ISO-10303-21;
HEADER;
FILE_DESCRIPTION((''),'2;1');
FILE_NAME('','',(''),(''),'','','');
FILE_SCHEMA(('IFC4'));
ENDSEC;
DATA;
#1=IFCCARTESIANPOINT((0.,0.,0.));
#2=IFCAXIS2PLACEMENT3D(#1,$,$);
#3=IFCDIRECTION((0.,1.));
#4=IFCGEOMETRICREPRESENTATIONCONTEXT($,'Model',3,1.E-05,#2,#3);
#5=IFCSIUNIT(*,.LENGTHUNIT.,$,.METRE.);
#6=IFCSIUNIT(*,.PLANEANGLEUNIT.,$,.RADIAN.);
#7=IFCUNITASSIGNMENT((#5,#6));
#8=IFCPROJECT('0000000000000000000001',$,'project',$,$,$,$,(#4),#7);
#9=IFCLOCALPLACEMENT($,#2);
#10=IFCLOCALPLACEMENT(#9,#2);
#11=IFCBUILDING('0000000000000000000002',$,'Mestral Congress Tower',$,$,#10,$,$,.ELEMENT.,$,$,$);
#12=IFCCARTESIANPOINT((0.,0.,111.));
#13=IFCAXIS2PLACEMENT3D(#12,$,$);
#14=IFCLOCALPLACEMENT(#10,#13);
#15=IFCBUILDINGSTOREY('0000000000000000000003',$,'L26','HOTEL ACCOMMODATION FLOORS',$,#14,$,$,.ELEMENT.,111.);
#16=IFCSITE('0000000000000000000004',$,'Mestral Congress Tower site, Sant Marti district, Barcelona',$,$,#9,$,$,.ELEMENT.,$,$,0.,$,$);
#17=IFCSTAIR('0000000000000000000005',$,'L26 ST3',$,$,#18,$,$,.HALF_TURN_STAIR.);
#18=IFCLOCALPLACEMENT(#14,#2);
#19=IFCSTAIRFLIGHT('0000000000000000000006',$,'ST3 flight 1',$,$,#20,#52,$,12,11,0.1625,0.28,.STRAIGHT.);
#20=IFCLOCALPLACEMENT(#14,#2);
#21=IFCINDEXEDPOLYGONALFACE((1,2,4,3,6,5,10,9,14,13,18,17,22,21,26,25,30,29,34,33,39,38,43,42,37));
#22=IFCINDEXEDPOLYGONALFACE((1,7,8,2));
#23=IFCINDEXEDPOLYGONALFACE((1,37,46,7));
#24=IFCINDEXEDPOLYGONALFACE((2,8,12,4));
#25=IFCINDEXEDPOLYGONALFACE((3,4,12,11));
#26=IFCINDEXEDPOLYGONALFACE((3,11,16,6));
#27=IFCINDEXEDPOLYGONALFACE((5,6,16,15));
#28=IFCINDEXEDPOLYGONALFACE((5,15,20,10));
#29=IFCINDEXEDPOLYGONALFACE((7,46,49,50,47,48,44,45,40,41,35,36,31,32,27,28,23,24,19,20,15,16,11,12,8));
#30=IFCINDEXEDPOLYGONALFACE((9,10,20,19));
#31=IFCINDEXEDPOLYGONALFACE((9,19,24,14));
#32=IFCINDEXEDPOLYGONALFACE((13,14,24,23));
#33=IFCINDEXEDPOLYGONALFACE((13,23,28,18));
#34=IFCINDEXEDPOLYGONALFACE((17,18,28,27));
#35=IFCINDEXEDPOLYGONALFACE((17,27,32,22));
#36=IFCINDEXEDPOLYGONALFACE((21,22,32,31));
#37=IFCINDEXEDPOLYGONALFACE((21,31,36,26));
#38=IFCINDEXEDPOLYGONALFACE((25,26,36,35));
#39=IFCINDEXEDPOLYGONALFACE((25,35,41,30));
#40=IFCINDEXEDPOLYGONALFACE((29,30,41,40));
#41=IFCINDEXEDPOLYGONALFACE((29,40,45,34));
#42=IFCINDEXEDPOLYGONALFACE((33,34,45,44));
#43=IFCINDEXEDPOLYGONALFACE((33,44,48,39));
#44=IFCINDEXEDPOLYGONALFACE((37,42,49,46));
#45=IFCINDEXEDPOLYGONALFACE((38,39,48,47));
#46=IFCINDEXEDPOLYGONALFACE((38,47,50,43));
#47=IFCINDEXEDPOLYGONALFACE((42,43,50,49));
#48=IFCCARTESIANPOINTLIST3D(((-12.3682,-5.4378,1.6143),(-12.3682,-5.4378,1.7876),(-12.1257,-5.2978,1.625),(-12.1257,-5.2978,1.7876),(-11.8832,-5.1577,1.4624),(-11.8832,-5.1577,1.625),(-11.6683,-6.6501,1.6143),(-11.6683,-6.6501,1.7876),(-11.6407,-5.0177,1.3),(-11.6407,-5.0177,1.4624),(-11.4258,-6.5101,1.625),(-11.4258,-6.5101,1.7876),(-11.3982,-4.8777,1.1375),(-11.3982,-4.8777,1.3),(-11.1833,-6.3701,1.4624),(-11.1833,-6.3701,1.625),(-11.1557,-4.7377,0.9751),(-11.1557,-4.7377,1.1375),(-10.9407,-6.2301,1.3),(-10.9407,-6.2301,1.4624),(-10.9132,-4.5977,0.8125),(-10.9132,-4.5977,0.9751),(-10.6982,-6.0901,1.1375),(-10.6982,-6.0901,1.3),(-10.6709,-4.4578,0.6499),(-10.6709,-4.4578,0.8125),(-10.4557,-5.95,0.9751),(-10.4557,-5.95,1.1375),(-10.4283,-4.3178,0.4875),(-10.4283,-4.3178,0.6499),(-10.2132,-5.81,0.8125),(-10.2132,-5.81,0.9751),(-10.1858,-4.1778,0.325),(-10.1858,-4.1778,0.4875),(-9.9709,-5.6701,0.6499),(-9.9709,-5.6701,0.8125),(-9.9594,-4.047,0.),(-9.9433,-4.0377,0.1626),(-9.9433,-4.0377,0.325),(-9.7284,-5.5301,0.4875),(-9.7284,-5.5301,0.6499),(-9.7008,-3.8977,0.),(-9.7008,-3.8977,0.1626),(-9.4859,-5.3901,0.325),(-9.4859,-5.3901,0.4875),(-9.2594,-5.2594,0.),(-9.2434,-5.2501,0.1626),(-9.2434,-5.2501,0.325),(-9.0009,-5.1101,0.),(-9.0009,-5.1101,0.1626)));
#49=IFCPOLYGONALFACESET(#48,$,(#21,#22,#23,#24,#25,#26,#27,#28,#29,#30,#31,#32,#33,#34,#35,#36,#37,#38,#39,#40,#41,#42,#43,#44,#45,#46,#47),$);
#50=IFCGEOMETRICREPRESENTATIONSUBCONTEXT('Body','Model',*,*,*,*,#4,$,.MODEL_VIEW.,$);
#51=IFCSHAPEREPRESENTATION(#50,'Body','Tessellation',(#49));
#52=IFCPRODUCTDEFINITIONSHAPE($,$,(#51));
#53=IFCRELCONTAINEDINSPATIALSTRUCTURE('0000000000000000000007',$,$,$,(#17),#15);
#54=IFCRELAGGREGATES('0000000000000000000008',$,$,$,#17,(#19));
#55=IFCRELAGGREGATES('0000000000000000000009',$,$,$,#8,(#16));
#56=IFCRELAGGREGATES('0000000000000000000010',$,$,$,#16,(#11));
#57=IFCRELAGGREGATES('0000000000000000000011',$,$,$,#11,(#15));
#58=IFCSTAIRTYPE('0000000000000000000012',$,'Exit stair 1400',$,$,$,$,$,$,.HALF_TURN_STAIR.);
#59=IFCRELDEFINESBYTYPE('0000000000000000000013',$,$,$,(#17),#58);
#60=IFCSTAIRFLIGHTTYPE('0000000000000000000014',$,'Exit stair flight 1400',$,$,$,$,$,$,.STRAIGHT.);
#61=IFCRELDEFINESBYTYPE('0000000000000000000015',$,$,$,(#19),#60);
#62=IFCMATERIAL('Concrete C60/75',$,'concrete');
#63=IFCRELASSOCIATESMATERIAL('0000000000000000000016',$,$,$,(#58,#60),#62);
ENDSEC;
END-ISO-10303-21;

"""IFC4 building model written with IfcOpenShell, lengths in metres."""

from ifc_helpers import new_model, si_unit, direction, frame, origin, place, context, subcontext, project, spatial, polyline, outline, extrude, material, type_object, element, aggregate, save


model = new_model("IFC4")

# Units and contexts
model_context = context("Model", 3, precision=1e-05, world=origin(), true_north=direction((0.0, 1.0)))
body_context = subcontext(model_context, "Body", "Model", "MODEL_VIEW")
ifc_project = project(units=[si_unit("LENGTHUNIT", "METRE"), si_unit("PLANEANGLEUNIT", "RADIAN")], contexts=[model_context])

# Site, building, storey
site_placement = place(None, origin())
site = spatial("IfcSite", under=ifc_project, at=site_placement, Name="Mestral Congress Tower site, Sant Marti district, Barcelona", CompositionType="ELEMENT", RefElevation=0.0)
building_placement = place(site_placement, origin())
building = spatial("IfcBuilding", under=site, at=building_placement, Name="Mestral Congress Tower", CompositionType="ELEMENT")
storey_placement = place(building_placement, frame((0.0, 0.0, 111.0)))
storey = spatial("IfcBuildingStorey", under=building, at=storey_placement, Name="L26", Description="HOTEL ACCOMMODATION FLOORS", CompositionType="ELEMENT", Elevation=111.0)

# Shared definitions
ifc_material_1 = material(Name="Concrete C60/75", Category="concrete")

# Stair, stair flight
stair_type = type_object("IfcStairType", Name="Exit stair 1400", PredefinedType="HALF_TURN_STAIR", material=ifc_material_1)
stair_placement = place(storey_placement, origin())
stair = element("IfcStair", 1, at=stair_placement, inside=storey, type_object=stair_type, Name="L26 ST3", PredefinedType="HALF_TURN_STAIR")
stair_flight_type = type_object("IfcStairFlightType", Name="Exit stair flight 1400", PredefinedType="STRAIGHT", material=ifc_material_1)
stair_flight_placement = place(storey_placement, frame((-9.3508, -4.5039, 0.0), z_axis=(0.0, 0.0, 1.0), x_axis=(-0.866025, -0.5, 0.0)))
stair_flight = element("IfcStairFlight", 2, at=stair_flight_placement, type_object=stair_flight_type, Name="ST3 flight 1", NumberOfRisers=12, NumberOfTreads=11, PredefinedType="STRAIGHT", RiserHeight=0.1625, TreadLength=0.28, context=body_context, shape_type="SweptSolid", body=[
    extrude(outline(polyline([(0.0, 0.0), (0.0, 0.1626), (0.28, 0.1626), (0.28, 0.325), (0.5601, 0.325), (0.5601, 0.4875), (0.8401, 0.4875), (0.8401, 0.6499), (1.1201, 0.6499), (1.1201, 0.8125), (1.3999, 0.8125), (1.3999, 0.9751), (1.6799, 0.9751), (1.6799, 1.1375), (1.96, 1.1375), (1.96, 1.3), (2.24, 1.3), (2.24, 1.4624), (2.52, 1.4624), (2.52, 1.625), (2.8, 1.625), (2.8, 1.7876), (3.0801, 1.7876), (3.0801, 1.95), (3.0801, 1.6143), (0.2986, 0.0), (0.0, 0.0)])), frame((0.0, 0.7, 0.0), z_axis=(0.0, -1.0, 0.0), x_axis=(1.0, 0.0, 0.0)), (0.0, 0.0, 1.0), 1.3999),
])
aggregate(stair, [stair_flight])

save(model, "model.ifc")
